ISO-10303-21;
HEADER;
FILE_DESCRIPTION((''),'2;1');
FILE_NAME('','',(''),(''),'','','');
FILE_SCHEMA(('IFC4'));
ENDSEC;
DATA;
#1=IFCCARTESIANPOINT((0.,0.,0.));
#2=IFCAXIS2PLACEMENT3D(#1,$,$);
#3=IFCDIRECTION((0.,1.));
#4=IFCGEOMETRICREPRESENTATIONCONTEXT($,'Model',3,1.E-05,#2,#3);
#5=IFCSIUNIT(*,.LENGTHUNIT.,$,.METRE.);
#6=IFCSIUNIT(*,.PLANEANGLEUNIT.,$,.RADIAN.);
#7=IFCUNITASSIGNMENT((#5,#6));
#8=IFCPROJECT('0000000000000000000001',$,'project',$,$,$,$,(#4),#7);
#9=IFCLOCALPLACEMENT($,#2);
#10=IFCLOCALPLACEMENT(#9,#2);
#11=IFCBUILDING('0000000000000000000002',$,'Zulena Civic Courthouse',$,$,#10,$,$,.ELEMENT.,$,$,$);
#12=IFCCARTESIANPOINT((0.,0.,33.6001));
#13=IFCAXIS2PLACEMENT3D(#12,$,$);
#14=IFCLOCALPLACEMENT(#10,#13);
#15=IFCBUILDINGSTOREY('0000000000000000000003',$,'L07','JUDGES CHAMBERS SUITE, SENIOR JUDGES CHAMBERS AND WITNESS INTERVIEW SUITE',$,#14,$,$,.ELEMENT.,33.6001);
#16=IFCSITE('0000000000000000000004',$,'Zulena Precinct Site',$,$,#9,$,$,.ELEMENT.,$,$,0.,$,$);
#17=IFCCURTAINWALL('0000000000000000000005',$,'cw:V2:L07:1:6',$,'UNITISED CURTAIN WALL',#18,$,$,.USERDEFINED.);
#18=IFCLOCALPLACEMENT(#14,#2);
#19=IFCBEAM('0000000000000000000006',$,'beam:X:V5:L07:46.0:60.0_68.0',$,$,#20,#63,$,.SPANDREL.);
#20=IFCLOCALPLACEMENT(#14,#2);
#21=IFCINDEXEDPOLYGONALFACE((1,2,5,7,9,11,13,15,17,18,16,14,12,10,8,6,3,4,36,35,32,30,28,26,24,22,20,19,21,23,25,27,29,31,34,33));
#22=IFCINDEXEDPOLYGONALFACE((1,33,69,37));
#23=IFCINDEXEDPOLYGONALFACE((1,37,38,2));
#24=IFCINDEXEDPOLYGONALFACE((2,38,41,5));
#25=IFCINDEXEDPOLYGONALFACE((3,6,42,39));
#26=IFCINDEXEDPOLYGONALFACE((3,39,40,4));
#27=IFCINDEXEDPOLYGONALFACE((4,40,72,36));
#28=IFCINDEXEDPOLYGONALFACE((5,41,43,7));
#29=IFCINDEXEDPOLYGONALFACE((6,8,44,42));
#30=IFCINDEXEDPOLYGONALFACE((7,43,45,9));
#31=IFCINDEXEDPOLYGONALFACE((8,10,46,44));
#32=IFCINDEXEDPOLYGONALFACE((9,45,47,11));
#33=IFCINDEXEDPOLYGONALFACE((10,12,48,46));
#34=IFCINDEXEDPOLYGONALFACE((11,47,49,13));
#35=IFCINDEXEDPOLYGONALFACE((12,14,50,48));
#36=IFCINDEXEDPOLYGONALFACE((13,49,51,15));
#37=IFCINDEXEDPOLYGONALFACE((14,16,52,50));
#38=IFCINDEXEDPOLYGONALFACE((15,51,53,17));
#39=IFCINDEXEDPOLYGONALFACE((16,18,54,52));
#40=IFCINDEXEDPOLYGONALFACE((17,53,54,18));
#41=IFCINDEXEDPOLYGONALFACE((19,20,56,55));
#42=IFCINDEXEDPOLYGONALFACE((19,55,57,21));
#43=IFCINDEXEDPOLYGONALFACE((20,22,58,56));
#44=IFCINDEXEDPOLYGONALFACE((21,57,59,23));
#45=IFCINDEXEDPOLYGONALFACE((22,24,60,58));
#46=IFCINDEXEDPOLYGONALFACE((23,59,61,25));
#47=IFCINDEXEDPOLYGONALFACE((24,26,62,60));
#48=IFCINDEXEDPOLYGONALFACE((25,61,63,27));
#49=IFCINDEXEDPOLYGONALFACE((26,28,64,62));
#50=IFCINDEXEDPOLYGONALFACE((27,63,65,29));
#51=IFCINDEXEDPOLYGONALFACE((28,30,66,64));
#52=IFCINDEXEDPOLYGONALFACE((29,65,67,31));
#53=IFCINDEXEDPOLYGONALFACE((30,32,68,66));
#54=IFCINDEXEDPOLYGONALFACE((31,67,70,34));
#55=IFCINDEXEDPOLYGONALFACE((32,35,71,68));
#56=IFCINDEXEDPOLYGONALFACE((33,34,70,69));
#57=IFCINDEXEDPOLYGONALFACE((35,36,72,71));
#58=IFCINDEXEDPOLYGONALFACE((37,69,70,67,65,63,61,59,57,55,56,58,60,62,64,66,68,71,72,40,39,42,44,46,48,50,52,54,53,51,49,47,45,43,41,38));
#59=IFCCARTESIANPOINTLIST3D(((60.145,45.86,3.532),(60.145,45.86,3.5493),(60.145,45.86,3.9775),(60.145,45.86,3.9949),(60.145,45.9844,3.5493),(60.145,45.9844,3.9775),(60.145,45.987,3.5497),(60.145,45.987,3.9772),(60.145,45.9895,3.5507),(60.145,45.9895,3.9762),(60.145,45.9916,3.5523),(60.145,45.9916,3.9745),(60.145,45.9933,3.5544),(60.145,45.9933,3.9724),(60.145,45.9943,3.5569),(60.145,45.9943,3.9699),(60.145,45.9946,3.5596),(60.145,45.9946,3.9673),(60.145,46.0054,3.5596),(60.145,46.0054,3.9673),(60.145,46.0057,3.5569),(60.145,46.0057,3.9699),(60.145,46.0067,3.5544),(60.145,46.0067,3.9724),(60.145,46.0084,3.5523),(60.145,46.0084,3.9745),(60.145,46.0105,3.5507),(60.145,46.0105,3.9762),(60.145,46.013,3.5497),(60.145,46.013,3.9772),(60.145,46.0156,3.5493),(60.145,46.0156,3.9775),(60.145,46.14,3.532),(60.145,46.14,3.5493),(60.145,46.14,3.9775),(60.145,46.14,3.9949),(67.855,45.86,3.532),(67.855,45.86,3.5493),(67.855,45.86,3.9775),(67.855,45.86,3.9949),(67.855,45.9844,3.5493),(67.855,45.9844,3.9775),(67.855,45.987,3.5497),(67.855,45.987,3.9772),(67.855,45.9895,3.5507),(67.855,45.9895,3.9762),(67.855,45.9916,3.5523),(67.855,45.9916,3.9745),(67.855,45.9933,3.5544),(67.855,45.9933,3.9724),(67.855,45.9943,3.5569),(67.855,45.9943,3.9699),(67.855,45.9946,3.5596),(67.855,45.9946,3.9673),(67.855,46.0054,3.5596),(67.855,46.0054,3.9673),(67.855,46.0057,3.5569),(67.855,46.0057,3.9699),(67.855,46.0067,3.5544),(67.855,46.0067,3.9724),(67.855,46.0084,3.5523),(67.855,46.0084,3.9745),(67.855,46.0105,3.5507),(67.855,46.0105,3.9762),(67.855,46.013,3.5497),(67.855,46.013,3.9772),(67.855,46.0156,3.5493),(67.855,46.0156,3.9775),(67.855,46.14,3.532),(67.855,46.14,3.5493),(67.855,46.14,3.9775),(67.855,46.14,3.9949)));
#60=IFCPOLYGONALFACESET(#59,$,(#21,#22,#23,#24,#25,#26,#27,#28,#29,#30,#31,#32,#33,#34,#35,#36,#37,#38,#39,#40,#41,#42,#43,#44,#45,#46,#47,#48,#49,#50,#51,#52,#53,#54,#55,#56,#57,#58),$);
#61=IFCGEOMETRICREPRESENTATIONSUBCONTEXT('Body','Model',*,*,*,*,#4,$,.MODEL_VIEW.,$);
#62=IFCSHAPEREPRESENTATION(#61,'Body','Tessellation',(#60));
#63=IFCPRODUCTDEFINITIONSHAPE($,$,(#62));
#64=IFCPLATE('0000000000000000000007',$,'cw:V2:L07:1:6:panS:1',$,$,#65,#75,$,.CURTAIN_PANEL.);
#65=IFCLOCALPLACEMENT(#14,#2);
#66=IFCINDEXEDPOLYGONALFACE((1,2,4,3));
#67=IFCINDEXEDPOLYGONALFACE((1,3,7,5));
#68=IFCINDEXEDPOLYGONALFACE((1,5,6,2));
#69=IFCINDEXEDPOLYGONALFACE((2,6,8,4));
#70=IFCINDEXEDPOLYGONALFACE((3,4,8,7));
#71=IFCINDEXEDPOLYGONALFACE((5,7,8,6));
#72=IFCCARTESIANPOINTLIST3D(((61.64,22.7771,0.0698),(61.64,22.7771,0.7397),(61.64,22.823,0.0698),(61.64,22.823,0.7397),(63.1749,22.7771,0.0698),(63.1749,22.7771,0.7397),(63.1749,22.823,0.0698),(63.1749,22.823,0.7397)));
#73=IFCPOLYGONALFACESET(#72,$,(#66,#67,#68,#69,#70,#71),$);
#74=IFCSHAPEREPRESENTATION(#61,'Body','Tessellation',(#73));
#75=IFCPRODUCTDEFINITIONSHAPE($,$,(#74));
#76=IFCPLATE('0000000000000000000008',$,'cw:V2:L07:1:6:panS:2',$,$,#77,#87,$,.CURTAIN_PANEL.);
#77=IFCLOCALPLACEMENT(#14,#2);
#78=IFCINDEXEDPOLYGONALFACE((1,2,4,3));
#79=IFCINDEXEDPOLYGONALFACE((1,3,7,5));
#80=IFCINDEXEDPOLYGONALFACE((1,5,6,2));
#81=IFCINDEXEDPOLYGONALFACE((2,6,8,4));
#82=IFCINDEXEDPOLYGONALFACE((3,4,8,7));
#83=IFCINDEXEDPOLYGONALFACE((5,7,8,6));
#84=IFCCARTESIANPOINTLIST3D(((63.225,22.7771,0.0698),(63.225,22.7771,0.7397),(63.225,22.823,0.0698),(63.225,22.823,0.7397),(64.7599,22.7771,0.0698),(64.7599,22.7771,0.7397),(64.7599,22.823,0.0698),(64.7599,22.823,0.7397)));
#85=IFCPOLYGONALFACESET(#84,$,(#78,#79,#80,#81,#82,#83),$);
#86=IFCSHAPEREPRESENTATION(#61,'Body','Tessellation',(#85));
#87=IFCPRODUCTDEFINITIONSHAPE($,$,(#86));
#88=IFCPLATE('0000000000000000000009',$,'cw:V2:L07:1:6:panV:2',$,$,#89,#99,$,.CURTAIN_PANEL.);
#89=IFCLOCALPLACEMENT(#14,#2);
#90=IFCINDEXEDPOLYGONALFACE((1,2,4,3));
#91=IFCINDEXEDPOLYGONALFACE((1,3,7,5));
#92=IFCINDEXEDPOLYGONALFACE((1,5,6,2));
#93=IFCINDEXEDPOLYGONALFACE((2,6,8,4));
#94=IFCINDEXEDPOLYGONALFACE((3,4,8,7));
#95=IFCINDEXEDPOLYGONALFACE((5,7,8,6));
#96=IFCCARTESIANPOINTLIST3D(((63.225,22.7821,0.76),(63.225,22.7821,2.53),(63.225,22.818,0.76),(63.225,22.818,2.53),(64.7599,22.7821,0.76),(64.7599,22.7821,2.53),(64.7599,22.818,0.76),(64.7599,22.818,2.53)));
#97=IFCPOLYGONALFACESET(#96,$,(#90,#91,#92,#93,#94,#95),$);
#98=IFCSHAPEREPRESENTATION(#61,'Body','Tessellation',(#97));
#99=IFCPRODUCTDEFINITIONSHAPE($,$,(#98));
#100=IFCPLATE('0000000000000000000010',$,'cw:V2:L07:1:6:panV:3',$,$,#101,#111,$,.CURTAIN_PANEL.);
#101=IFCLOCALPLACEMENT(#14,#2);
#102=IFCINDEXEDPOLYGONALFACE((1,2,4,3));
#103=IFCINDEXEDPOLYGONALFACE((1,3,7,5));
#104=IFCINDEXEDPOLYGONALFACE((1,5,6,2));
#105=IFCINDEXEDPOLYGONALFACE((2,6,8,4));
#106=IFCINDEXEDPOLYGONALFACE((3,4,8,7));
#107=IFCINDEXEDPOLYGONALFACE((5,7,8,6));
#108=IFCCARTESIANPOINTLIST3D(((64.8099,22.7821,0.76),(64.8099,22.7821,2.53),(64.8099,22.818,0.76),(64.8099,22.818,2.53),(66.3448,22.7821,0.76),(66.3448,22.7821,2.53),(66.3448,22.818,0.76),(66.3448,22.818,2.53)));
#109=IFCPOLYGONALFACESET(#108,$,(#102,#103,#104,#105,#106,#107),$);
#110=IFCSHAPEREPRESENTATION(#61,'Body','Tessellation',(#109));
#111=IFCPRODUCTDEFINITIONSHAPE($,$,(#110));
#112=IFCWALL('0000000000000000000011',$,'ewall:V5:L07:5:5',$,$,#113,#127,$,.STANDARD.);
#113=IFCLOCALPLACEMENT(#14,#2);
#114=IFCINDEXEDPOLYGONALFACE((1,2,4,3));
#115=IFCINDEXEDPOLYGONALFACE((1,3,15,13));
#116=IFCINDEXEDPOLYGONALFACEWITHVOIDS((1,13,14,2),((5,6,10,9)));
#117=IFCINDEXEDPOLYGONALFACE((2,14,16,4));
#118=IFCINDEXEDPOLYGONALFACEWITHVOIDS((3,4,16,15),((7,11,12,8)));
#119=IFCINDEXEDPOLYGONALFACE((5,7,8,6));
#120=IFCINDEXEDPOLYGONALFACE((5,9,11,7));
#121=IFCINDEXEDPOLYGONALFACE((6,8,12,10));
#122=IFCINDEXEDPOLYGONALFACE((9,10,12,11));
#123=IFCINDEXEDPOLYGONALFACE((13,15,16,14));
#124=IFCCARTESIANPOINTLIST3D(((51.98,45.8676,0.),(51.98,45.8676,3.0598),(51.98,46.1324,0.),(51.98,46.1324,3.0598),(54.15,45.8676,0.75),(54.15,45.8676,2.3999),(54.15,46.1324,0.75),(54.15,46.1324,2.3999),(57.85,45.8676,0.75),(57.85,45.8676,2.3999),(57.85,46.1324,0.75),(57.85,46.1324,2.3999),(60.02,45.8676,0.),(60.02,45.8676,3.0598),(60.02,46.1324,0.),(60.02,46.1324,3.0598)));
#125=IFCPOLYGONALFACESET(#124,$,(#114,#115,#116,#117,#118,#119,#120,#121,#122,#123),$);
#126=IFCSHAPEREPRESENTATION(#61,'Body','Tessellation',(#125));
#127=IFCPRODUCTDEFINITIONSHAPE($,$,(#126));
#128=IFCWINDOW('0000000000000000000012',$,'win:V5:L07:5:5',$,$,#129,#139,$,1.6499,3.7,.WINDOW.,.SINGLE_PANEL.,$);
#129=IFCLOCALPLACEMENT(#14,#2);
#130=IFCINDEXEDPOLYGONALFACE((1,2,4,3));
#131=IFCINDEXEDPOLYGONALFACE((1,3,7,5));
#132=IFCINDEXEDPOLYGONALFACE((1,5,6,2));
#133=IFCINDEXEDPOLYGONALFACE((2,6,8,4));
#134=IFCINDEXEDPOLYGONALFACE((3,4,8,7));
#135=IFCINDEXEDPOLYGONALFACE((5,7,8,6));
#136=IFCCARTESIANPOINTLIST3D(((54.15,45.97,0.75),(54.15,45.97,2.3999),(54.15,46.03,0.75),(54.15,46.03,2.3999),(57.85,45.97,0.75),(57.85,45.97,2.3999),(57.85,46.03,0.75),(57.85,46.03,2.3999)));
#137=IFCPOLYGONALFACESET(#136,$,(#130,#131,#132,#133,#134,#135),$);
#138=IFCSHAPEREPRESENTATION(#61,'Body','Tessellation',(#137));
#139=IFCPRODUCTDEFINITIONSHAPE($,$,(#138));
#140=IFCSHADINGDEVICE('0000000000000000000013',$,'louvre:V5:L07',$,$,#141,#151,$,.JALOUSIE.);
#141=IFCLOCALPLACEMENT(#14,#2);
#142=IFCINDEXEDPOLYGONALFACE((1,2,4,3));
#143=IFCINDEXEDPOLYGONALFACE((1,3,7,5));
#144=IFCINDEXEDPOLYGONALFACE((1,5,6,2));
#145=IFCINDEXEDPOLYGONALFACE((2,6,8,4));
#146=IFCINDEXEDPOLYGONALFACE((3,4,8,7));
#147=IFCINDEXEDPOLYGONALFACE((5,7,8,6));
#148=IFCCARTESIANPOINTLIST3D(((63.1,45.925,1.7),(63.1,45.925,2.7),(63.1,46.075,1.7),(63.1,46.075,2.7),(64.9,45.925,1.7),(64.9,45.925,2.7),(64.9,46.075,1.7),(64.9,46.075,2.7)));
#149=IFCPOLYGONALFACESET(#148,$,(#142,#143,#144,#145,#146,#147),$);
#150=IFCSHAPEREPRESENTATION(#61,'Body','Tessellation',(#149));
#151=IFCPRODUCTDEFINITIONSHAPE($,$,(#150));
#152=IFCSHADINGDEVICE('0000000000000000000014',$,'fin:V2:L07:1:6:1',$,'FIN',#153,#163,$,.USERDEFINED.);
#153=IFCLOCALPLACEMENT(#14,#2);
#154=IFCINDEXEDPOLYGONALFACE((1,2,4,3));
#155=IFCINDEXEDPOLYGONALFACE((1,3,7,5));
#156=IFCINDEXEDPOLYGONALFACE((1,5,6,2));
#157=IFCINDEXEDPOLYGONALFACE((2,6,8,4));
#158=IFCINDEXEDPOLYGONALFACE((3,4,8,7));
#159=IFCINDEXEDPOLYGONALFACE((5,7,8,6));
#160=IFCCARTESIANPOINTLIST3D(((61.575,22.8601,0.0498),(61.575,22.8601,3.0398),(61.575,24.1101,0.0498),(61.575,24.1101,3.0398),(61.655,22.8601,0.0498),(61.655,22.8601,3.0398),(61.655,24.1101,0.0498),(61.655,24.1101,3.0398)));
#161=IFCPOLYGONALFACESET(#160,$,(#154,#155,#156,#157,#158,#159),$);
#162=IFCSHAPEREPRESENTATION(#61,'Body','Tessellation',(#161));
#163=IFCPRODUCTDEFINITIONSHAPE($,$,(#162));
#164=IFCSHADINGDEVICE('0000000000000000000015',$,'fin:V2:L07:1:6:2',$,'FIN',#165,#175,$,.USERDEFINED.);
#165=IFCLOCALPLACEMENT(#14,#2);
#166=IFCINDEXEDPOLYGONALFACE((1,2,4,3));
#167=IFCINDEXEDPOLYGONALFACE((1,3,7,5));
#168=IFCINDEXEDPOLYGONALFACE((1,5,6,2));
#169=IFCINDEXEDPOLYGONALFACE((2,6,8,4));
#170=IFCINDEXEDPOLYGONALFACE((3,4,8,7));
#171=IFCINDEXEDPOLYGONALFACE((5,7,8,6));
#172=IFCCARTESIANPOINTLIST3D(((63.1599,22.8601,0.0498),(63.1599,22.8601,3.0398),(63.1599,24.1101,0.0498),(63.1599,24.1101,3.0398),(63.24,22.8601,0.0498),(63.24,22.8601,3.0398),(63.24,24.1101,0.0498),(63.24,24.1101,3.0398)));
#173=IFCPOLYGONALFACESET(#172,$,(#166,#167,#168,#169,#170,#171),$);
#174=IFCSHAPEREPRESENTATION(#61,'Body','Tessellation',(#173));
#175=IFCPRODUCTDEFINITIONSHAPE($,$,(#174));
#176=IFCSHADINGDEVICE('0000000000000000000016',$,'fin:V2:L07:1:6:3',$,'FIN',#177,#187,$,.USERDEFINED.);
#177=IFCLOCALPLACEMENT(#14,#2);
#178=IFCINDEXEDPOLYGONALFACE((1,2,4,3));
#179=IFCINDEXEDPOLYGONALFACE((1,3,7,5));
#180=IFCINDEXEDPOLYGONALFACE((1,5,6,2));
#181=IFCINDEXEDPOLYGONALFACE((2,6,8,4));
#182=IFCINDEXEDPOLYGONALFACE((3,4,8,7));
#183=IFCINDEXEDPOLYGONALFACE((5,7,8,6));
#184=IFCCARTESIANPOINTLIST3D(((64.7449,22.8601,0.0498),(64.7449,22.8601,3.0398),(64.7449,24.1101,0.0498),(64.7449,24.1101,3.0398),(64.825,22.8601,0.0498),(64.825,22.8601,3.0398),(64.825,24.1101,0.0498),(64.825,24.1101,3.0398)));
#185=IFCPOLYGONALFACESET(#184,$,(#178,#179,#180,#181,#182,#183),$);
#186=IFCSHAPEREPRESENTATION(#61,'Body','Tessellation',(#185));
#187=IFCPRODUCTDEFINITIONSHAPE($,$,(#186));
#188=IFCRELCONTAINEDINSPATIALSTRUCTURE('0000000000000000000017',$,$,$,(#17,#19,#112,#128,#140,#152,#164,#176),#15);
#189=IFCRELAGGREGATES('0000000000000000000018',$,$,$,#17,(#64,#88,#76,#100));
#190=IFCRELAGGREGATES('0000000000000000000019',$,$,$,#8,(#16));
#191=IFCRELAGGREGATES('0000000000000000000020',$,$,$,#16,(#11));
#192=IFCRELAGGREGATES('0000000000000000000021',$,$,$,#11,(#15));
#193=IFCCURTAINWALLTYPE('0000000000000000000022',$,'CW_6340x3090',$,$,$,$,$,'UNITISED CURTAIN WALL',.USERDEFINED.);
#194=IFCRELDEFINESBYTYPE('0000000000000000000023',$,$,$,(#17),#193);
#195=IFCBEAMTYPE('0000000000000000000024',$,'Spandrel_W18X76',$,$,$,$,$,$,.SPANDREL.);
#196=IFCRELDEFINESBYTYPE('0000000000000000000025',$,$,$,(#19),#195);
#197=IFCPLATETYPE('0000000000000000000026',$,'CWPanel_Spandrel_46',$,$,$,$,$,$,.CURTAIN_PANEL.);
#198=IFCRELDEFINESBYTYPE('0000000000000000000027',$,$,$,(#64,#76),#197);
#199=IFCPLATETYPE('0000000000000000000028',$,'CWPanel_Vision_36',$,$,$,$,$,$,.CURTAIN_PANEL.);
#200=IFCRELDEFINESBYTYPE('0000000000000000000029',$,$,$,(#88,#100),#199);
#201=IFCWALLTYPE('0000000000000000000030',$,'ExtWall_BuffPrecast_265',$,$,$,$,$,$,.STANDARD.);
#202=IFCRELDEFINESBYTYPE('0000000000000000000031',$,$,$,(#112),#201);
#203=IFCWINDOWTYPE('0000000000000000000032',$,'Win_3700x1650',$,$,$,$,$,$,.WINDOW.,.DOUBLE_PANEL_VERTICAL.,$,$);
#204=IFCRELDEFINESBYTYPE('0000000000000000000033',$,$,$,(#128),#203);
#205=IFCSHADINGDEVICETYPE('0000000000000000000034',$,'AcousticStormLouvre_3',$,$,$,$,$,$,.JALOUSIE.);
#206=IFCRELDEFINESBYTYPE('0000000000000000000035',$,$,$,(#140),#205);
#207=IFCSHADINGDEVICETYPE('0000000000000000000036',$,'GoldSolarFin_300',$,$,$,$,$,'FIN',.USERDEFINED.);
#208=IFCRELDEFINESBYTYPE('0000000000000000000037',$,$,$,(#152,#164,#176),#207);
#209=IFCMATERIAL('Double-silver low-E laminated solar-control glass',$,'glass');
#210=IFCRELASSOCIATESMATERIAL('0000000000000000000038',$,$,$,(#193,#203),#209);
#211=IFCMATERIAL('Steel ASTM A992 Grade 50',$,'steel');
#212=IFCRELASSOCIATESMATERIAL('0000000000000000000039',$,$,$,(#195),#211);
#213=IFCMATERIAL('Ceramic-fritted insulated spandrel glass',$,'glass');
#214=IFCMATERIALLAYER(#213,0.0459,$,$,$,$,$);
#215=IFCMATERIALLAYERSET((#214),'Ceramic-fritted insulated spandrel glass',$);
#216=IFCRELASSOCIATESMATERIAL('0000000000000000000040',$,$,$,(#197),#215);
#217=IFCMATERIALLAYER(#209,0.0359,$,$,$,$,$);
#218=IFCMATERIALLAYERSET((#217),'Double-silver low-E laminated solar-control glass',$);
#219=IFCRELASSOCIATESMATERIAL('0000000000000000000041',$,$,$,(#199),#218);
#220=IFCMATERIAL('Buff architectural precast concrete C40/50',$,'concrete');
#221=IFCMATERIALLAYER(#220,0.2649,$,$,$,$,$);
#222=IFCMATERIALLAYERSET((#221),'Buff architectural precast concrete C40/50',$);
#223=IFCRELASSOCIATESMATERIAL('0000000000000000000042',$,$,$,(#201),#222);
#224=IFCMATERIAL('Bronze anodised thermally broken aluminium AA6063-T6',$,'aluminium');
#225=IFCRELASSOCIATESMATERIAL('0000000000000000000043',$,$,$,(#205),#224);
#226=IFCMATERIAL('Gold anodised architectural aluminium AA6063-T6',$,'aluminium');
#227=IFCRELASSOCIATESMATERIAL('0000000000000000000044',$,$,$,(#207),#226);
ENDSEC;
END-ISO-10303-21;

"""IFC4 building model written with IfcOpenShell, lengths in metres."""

from ifc_helpers import new_model, si_unit, direction, frame, frame_2d, origin, origin_2d, place, context, subcontext, project, spatial, rectangle, i_section, extrude, material, layer, layer_set, material_profile, profile_set, type_object, element, fill, aggregate, save


model = new_model("IFC4")

# Units and contexts
model_context = context("Model", 3, precision=1e-05, world=origin(), true_north=direction((0.0, 1.0)))
body_context = subcontext(model_context, "Body", "Model", "MODEL_VIEW")
ifc_project = project(units=[si_unit("LENGTHUNIT", "METRE"), si_unit("PLANEANGLEUNIT", "RADIAN")], contexts=[model_context])

# Site, building, storey
site_placement = place(None, origin())
site = spatial("IfcSite", under=ifc_project, at=site_placement, Name="Zulena Precinct Site", CompositionType="ELEMENT", RefElevation=0.0)
building_placement = place(site_placement, origin())
building = spatial("IfcBuilding", under=site, at=building_placement, Name="Zulena Civic Courthouse", CompositionType="ELEMENT")
storey_placement = place(building_placement, frame((0.0, 0.0, 33.6001)))
storey = spatial("IfcBuildingStorey", under=building, at=storey_placement, Name="L07", Description="JUDGES CHAMBERS SUITE, SENIOR JUDGES CHAMBERS AND WITNESS INTERVIEW SUITE", CompositionType="ELEMENT", Elevation=33.6001)

# Shared definitions
ifc_material_1 = material(Name="Steel ASTM A992 Grade 50", Category="steel")

# Curtain wall
ifc_material_2 = material(Name="Double-silver low-E laminated solar-control glass", Category="glass")
curtain_wall_type = type_object("IfcCurtainWallType", Name="CW_6340x3090", ElementType="UNITISED CURTAIN WALL", PredefinedType="USERDEFINED", material=ifc_material_2)
curtain_wall_placement = place(storey_placement, origin())
curtain_wall = element("IfcCurtainWall", 1, at=curtain_wall_placement, inside=storey, type_object=curtain_wall_type, Name="cw:V2:L07:1:6", ObjectType="UNITISED CURTAIN WALL", PredefinedType="USERDEFINED")
ifc_material_3 = material(Name="Bronze anodised thermally broken aluminium AA6063-T6", Category="aluminium")

# Beam
ifc_material_profile_1 = material_profile(ifc_material_1, i_section(OverallWidth=0.28, OverallDepth=0.4629, WebThickness=0.0107, FlangeThickness=0.0173, FilletRadius=0.0103, at=origin_2d()), Name="W18X76")
ifc_profile_set_1 = profile_set([ifc_material_profile_1], Name="Steel ASTM A992 Grade 50")
beam_type_1 = type_object("IfcBeamType", Name="Spandrel_W18X76", PredefinedType="SPANDREL", material=ifc_profile_set_1)
beam_placement = place(storey_placement, frame((60.145, 46.0, 3.7634), z_axis=(1.0, 0.0, 0.0), x_axis=(0.0, 1.0, 0.0)))
element("IfcBeam", 2, at=beam_placement, inside=storey, type_object=beam_type_1, Name="beam:X:V5:L07:46.0:60.0_68.0", PredefinedType="SPANDREL", context=body_context, shape_type="SweptSolid", body=[
    extrude(i_section(OverallWidth=0.28, OverallDepth=0.4629, WebThickness=0.0107, FlangeThickness=0.0173, FilletRadius=0.0103, at=origin_2d()), origin(), (0.0, 0.0, 1.0), 7.71),
])

# Plates
ifc_material_4 = material(Name="Ceramic-fritted insulated spandrel glass", Category="glass")
ifc_layer_1 = layer(ifc_material_4, 0.0459)
ifc_layer_set_1 = layer_set([ifc_layer_1], Name="Ceramic-fritted insulated spandrel glass")
plate_type_1 = type_object("IfcPlateType", Name="CWPanel_Spandrel_46", PredefinedType="CURTAIN_PANEL", material=ifc_layer_set_1)
plate_1_placement = place(storey_placement, frame((62.4075, 22.8, 0.0698), z_axis=(0.0, 0.0, 1.0), x_axis=(1.0, 0.0, 0.0)))
plate_1 = element("IfcPlate", 3, at=plate_1_placement, type_object=plate_type_1, Name="cw:V2:L07:1:6:panS:1", PredefinedType="CURTAIN_PANEL", context=body_context, shape_type="SweptSolid", body=[
    extrude(rectangle(XDim=1.5349, YDim=0.0459, at=origin_2d()), origin(), (0.0, 0.0, 1.0), 0.6699),
])
plate_2_placement = place(storey_placement, frame((63.9924, 22.8, 0.0698), z_axis=(0.0, 0.0, 1.0), x_axis=(1.0, 0.0, 0.0)))
plate_2 = element("IfcPlate", 4, at=plate_2_placement, type_object=plate_type_1, Name="cw:V2:L07:1:6:panS:2", PredefinedType="CURTAIN_PANEL", context=body_context, shape_type="SweptSolid", body=[
    extrude(rectangle(XDim=1.5349, YDim=0.0459, at=origin_2d()), origin(), (0.0, 0.0, 1.0), 0.6699),
])
ifc_layer_2 = layer(ifc_material_2, 0.0359)
ifc_layer_set_2 = layer_set([ifc_layer_2], Name="Double-silver low-E laminated solar-control glass")
plate_type_2 = type_object("IfcPlateType", Name="CWPanel_Vision_36", PredefinedType="CURTAIN_PANEL", material=ifc_layer_set_2)
plate_3_placement = place(storey_placement, frame((63.9924, 22.8, 0.76), z_axis=(0.0, 0.0, 1.0), x_axis=(1.0, 0.0, 0.0)))
plate_3 = element("IfcPlate", 5, at=plate_3_placement, type_object=plate_type_2, Name="cw:V2:L07:1:6:panV:2", PredefinedType="CURTAIN_PANEL", context=body_context, shape_type="SweptSolid", body=[
    extrude(rectangle(XDim=1.5349, YDim=0.0359, at=origin_2d()), origin(), (0.0, 0.0, 1.0), 1.77),
])
plate_4_placement = place(storey_placement, frame((65.5774, 22.8, 0.76), z_axis=(0.0, 0.0, 1.0), x_axis=(1.0, 0.0, 0.0)))
plate_4 = element("IfcPlate", 6, at=plate_4_placement, type_object=plate_type_2, Name="cw:V2:L07:1:6:panV:3", PredefinedType="CURTAIN_PANEL", context=body_context, shape_type="SweptSolid", body=[
    extrude(rectangle(XDim=1.5349, YDim=0.0359, at=origin_2d()), origin(), (0.0, 0.0, 1.0), 1.77),
])
aggregate(curtain_wall, [plate_1, plate_3, plate_2, plate_4])

# Wall, opening, window
ifc_material_5 = material(Name="Buff architectural precast concrete C40/50", Category="concrete")
ifc_layer_3 = layer(ifc_material_5, 0.2649)
ifc_layer_set_3 = layer_set([ifc_layer_3], Name="Buff architectural precast concrete C40/50")
wall_type = type_object("IfcWallType", Name="ExtWall_BuffPrecast_265", PredefinedType="STANDARD", material=ifc_layer_set_3)
wall_placement = place(storey_placement, frame((60.02, 46.0, 0.0), z_axis=(0.0, 0.0, 1.0), x_axis=(-1.0, 0.0, 0.0)))
wall = element("IfcWall", 7, at=wall_placement, inside=storey, type_object=wall_type, Name="ewall:V5:L07:5:5", PredefinedType="STANDARD", context=body_context, shape_type="SweptSolid", body=[
    extrude(rectangle(XDim=8.04, YDim=0.2649, at=frame_2d((4.02, 0.0))), origin(), (0.0, 0.0, 1.0), 3.0598),
])
opening_placement = place(wall_placement, frame((2.1699, 0.0, 0.75)))
opening = element("IfcOpeningElement", 8, at=opening_placement, cuts=wall, PredefinedType="OPENING", context=body_context, shape_type="SweptSolid", body=[
    extrude(rectangle(XDim=3.7, YDim=1.6499, at=frame_2d((1.8501, 0.825))), frame((0.0, 0.1423, 0.0), z_axis=(0.0, -1.0, 0.0), x_axis=(1.0, 0.0, 0.0)), (0.0, 0.0, 1.0), 0.2849),
])
window_type = type_object("IfcWindowType", Name="Win_3700x1650", PartitioningType="DOUBLE_PANEL_VERTICAL", PredefinedType="WINDOW", material=ifc_material_2)
window_placement = place(opening_placement, origin())
window = element("IfcWindow", 9, at=window_placement, inside=storey, type_object=window_type, Name="win:V5:L07:5:5", OverallHeight=1.6499, OverallWidth=3.7, PartitioningType="SINGLE_PANEL", PredefinedType="WINDOW", context=body_context, shape_type="SweptSolid", body=[
    extrude(rectangle(XDim=3.7, YDim=1.6499, at=frame_2d((1.8501, 0.825))), frame((0.0, 0.03, 0.0), z_axis=(0.0, -1.0, 0.0), x_axis=(1.0, 0.0, 0.0)), (0.0, 0.0, 1.0), 0.0601),
])
fill(opening, window)

# Shading devices
shading_device_type_1 = type_object("IfcShadingDeviceType", Name="AcousticStormLouvre_3", PredefinedType="JALOUSIE", material=ifc_material_3)
shading_device_placement = place(storey_placement, frame((64.0, 46.0, 1.7), z_axis=(0.0, 0.0, 1.0), x_axis=(1.0, 0.0, 0.0)))
element("IfcShadingDevice", 10, at=shading_device_placement, inside=storey, type_object=shading_device_type_1, Name="louvre:V5:L07", PredefinedType="JALOUSIE", context=body_context, shape_type="SweptSolid", body=[
    extrude(rectangle(XDim=1.8, YDim=0.1499, at=origin_2d()), origin(), (0.0, 0.0, 1.0), 1.0),
])
ifc_material_6 = material(Name="Gold anodised architectural aluminium AA6063-T6", Category="aluminium")
shading_device_type_2 = type_object("IfcShadingDeviceType", Name="GoldSolarFin_300", ElementType="FIN", PredefinedType="USERDEFINED", material=ifc_material_6)
for number, where, z_axis, x_axis, name in (
    (11, (61.615, 23.4851, 0.0498), (0.0, 0.0, 1.0), (0.0, 1.0, 0.0), "fin:V2:L07:1:6:1"),
    (12, (63.2, 23.4851, 0.0498), (0.0, 0.0, 1.0), (0.0, 1.0, 0.0), "fin:V2:L07:1:6:2"),
    (13, (64.7849, 23.4851, 0.0498), (0.0, 0.0, 1.0), (0.0, 1.0, 0.0), "fin:V2:L07:1:6:3"),
):
    element("IfcShadingDevice", number, at=place(storey_placement, frame(where, z_axis=z_axis, x_axis=x_axis)), inside=storey, type_object=shading_device_type_2, Name=name, ObjectType="FIN", PredefinedType="USERDEFINED", context=body_context, shape_type="SweptSolid", body=[
        extrude(rectangle(XDim=1.25, YDim=0.0801, at=origin_2d()), origin(), (0.0, 0.0, 1.0), 2.99),
    ])

save(model, "model.ifc")
